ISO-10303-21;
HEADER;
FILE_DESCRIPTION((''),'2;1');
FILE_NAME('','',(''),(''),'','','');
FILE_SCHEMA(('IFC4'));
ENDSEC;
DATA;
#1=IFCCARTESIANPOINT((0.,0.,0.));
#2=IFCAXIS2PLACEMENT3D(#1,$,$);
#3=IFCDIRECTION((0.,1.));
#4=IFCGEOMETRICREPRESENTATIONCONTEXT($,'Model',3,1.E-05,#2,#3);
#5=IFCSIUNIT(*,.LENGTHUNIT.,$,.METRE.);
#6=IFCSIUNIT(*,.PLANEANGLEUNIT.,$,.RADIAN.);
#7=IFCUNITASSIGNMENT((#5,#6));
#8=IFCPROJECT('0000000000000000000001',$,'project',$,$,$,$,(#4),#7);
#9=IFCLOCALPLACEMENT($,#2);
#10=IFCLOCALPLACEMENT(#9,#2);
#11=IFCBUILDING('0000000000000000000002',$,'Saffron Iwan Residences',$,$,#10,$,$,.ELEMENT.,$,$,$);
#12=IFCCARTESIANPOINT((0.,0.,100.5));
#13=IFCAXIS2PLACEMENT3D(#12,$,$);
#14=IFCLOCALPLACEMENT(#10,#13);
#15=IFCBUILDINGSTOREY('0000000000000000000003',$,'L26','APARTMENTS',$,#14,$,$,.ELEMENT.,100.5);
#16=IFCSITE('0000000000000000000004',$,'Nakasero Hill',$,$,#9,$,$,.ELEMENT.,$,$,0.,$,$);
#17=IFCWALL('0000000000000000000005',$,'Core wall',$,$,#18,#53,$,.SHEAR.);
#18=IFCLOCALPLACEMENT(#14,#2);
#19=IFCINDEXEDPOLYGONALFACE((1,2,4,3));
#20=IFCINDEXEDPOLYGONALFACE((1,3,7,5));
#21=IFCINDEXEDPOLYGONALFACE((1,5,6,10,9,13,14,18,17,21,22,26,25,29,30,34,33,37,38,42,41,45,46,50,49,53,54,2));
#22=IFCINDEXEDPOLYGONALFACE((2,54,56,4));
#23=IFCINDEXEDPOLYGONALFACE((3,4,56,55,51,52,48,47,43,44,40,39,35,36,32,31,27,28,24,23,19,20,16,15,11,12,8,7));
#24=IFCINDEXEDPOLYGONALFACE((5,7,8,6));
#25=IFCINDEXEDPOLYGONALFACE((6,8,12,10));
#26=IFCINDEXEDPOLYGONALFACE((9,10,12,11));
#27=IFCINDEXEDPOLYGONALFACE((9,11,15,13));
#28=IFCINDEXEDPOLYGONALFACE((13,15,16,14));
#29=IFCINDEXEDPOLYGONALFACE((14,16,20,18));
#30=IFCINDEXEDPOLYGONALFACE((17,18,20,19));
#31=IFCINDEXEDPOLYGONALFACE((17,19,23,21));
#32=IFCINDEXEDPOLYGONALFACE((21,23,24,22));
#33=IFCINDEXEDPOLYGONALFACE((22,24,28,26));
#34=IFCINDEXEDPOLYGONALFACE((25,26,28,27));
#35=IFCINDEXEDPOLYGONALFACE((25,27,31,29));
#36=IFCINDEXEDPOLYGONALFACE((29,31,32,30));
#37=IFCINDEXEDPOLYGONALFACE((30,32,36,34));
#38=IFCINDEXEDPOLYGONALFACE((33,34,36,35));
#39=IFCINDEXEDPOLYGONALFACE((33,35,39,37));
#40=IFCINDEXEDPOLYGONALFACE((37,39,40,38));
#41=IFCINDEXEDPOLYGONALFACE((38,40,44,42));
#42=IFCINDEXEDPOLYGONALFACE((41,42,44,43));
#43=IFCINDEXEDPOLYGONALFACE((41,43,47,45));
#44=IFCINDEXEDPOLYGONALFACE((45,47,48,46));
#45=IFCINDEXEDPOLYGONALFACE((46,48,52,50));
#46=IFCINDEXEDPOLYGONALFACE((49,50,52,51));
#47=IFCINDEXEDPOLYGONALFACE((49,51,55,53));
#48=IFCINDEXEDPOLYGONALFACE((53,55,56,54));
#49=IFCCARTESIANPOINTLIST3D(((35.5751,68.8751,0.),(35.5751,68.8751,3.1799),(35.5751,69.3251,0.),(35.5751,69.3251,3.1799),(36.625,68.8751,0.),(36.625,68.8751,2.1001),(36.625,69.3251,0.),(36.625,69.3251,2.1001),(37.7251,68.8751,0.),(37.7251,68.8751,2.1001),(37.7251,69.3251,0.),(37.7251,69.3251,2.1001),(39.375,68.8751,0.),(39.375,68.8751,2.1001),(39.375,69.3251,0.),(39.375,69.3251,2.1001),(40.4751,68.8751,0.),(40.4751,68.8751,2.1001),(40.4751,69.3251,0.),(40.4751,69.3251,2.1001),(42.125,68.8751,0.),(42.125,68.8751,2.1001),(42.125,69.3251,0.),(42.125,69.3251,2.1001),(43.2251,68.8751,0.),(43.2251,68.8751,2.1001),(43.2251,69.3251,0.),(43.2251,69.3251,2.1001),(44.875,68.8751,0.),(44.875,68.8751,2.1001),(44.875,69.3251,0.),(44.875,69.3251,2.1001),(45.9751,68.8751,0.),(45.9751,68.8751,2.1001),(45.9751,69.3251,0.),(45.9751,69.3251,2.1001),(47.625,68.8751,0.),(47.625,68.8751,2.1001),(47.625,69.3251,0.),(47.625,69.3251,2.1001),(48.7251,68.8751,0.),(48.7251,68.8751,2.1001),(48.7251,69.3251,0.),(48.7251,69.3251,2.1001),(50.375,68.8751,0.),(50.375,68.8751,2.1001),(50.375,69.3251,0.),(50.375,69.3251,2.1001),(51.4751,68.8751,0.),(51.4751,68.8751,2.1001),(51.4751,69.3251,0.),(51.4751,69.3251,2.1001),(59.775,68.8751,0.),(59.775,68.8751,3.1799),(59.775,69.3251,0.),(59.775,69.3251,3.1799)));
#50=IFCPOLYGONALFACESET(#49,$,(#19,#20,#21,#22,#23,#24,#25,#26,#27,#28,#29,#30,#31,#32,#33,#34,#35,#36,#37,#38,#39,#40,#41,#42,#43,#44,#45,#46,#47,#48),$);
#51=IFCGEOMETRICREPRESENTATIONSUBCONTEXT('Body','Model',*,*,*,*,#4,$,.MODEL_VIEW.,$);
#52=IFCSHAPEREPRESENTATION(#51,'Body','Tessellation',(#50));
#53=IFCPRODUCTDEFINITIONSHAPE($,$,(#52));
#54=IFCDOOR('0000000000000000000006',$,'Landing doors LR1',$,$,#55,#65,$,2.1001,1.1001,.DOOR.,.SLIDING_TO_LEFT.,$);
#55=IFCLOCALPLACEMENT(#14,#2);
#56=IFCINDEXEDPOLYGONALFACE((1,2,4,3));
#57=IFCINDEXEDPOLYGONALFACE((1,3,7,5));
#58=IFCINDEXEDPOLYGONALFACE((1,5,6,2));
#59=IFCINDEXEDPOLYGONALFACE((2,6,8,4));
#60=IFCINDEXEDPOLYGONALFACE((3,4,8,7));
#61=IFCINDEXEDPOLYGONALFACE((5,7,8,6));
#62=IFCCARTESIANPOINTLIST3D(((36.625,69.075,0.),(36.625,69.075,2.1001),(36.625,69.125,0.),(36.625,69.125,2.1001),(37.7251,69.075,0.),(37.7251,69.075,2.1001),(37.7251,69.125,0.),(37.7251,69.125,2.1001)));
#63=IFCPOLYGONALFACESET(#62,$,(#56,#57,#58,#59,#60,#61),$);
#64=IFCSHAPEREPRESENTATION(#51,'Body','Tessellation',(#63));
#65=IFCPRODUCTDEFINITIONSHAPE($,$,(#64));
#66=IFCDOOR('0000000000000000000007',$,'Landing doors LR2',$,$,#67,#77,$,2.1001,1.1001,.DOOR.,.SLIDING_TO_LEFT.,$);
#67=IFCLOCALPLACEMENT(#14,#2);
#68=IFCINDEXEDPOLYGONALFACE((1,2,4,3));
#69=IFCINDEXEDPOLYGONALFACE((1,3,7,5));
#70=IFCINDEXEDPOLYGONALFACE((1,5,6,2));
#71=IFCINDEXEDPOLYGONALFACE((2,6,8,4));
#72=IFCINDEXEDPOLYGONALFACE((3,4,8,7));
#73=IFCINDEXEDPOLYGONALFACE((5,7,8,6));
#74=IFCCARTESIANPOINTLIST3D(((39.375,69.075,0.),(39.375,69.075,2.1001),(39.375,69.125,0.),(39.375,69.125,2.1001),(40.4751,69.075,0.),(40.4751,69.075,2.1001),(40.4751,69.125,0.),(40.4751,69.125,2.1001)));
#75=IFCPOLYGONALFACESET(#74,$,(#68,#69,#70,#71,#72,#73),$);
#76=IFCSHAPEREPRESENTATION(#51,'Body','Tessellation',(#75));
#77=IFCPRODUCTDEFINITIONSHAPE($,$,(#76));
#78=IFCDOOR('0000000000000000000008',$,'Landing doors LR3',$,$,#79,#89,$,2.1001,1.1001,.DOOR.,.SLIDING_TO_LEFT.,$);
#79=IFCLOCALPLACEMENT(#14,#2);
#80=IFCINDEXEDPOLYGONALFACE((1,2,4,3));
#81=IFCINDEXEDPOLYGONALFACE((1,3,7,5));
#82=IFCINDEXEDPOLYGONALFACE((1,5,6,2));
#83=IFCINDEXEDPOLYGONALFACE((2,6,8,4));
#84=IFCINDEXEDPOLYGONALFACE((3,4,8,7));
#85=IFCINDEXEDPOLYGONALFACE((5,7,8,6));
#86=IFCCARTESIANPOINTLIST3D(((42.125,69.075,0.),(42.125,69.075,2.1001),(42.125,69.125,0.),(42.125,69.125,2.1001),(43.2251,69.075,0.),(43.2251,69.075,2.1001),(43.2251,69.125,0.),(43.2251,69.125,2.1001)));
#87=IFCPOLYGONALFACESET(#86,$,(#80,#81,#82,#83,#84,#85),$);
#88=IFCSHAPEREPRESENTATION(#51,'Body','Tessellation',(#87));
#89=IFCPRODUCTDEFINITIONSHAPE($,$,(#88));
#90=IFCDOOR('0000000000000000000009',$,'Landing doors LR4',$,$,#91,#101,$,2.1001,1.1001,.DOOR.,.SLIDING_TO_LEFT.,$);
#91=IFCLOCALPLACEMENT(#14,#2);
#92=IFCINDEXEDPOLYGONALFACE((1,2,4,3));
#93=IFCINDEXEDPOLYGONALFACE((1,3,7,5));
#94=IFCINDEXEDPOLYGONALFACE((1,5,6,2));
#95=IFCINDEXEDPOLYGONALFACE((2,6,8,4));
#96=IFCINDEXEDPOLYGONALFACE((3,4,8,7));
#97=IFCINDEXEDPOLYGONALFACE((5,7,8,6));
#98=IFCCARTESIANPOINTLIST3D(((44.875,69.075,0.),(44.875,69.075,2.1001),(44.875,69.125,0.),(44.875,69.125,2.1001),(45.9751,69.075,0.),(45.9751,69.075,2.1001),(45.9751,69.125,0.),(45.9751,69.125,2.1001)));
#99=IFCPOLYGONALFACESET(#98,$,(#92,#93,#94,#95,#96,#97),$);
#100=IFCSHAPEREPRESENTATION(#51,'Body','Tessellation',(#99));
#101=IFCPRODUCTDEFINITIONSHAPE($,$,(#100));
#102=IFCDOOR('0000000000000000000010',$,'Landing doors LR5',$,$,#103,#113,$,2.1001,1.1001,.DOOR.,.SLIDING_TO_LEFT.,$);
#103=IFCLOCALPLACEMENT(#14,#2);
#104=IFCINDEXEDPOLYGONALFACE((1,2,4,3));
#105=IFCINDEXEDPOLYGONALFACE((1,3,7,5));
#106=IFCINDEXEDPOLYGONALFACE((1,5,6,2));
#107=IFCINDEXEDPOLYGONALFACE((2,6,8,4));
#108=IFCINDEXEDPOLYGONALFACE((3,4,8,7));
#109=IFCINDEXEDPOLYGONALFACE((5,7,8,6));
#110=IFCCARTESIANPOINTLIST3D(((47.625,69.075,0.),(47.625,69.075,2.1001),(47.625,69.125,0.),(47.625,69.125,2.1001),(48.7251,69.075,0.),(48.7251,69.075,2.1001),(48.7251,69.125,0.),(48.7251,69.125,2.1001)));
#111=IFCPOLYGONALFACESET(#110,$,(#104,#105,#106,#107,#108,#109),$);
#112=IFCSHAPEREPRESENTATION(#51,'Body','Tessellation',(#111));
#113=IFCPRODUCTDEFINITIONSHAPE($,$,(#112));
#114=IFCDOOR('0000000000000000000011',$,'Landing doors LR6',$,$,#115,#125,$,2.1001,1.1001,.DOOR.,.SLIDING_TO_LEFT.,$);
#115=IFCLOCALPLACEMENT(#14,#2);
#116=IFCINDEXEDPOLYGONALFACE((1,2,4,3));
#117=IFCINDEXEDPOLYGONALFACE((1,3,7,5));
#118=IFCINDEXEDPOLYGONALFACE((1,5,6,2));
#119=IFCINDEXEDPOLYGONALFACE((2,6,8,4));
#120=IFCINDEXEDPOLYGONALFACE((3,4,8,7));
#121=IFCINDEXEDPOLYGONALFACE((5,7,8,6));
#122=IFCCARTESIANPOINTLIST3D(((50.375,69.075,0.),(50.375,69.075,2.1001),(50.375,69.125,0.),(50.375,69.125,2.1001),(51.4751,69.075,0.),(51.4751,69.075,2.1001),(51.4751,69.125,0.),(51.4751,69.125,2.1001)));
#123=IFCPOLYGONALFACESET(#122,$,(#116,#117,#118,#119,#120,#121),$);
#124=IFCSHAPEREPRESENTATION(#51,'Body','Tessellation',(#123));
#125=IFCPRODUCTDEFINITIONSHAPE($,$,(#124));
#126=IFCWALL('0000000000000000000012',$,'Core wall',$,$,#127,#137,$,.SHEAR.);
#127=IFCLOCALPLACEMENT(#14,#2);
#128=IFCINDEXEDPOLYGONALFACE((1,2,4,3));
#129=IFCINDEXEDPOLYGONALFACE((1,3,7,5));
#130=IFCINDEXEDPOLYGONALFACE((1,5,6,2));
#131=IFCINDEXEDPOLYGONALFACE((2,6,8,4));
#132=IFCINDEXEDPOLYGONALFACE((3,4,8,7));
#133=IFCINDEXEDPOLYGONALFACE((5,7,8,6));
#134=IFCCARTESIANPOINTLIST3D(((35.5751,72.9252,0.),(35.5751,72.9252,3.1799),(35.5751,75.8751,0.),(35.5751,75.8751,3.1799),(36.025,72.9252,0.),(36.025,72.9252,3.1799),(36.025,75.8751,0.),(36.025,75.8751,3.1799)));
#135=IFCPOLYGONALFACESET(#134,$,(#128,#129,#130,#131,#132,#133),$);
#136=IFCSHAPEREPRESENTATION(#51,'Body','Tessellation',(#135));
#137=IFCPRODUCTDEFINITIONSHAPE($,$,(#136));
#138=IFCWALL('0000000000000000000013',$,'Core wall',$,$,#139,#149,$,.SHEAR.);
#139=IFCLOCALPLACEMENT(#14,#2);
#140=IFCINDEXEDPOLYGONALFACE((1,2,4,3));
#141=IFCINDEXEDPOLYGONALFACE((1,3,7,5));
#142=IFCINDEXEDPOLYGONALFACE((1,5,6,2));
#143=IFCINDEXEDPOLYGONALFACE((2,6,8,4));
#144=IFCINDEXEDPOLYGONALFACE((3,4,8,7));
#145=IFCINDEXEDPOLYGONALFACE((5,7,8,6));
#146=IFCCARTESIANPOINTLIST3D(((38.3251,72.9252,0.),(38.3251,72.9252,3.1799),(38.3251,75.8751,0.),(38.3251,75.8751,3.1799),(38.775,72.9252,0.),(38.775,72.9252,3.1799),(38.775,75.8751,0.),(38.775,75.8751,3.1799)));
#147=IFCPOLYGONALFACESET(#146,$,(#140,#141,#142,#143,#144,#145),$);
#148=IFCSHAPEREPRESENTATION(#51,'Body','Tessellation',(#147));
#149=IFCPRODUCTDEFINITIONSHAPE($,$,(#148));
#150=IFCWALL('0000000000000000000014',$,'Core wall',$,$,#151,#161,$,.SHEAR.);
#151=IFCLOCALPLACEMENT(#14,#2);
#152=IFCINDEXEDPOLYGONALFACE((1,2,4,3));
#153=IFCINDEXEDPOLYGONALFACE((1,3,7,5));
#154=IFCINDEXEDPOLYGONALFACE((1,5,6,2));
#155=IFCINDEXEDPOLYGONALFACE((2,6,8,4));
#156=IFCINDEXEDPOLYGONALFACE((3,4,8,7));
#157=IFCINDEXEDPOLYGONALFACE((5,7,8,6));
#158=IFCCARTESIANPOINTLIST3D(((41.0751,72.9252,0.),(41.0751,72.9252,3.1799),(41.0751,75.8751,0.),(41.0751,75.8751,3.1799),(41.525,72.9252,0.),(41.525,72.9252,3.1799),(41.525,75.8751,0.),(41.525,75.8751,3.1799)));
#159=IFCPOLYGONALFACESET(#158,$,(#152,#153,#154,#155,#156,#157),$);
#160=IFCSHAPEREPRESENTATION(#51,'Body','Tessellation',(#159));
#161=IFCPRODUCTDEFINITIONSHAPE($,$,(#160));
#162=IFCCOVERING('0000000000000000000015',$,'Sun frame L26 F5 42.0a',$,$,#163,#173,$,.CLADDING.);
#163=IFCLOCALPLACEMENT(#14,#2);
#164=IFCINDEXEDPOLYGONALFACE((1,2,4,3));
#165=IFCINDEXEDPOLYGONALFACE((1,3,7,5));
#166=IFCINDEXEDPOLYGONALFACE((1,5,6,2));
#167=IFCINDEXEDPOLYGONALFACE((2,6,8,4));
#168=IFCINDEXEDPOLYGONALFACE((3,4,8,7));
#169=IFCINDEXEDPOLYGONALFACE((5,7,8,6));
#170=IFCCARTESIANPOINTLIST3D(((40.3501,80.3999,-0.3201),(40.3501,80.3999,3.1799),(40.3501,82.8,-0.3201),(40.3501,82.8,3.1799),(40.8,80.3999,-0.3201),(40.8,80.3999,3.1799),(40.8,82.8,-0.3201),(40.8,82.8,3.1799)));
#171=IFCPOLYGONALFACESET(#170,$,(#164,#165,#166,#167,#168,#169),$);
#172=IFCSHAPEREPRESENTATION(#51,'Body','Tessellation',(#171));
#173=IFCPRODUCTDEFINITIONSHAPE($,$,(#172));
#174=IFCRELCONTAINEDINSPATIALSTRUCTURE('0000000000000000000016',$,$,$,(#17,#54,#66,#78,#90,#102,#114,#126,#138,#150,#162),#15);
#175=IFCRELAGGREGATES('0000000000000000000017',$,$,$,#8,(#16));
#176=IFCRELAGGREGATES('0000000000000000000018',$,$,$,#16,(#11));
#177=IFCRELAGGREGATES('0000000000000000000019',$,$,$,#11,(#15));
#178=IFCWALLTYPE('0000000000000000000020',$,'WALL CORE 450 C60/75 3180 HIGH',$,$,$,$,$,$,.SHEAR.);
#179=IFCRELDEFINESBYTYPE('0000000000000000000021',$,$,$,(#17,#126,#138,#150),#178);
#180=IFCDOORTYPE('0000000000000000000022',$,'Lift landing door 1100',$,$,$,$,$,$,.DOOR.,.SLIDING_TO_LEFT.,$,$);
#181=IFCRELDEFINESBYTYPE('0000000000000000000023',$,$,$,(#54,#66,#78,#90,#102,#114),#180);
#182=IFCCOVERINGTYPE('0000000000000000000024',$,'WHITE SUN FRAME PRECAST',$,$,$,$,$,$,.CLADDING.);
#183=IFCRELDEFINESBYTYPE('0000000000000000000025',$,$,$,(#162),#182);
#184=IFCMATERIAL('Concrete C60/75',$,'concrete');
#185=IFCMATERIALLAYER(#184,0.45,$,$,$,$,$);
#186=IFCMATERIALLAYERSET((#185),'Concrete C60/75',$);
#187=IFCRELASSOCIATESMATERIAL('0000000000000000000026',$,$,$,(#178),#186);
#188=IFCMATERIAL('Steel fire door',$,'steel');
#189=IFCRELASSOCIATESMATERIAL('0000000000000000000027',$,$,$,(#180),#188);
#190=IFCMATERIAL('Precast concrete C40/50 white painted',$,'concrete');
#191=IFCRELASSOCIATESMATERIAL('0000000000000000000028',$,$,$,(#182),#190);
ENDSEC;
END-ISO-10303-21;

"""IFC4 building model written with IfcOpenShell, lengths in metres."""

from ifc_helpers import new_model, si_unit, direction, frame, frame_2d, origin, place, context, subcontext, project, spatial, polyline, rectangle, outline, extrude, material, layer, layer_set, type_object, element, fill, save


model = new_model("IFC4")

# Units and contexts
model_context = context("Model", 3, precision=1e-05, world=origin(), true_north=direction((0.0, 1.0)))
body_context = subcontext(model_context, "Body", "Model", "MODEL_VIEW")
ifc_project = project(units=[si_unit("LENGTHUNIT", "METRE"), si_unit("PLANEANGLEUNIT", "RADIAN")], contexts=[model_context])

# Site, building, storey
site_placement = place(None, origin())
site = spatial("IfcSite", under=ifc_project, at=site_placement, Name="Nakasero Hill", CompositionType="ELEMENT", RefElevation=0.0)
building_placement = place(site_placement, origin())
building = spatial("IfcBuilding", under=site, at=building_placement, Name="Saffron Iwan Residences", CompositionType="ELEMENT")
storey_placement = place(building_placement, frame((0.0, 0.0, 100.5)))
storey = spatial("IfcBuildingStorey", under=building, at=storey_placement, Name="L26", Description="APARTMENTS", CompositionType="ELEMENT", Elevation=100.5)

# Shared definitions
ifc_material_1 = material(Name="Concrete C60/75", Category="concrete")

# Shared definitions
ifc_material_2 = material(Name="Steel fire door", Category="steel")

# Wall, openings, doors
ifc_layer_1 = layer(ifc_material_1, 0.45)
ifc_layer_set_1 = layer_set([ifc_layer_1], Name="Concrete C60/75")
wall_type_1 = type_object("IfcWallType", Name="WALL CORE 450 C60/75 3180 HIGH", PredefinedType="SHEAR", material=ifc_layer_set_1)
wall_1_placement = place(storey_placement, frame((35.575, 69.1001, 0.0), z_axis=(0.0, 0.0, 1.0), x_axis=(1.0, 0.0, 0.0)))
wall_1 = element("IfcWall", 1, at=wall_1_placement, inside=storey, type_object=wall_type_1, Name="Core wall", PredefinedType="SHEAR", context=body_context, shape_type="SweptSolid", body=[
    extrude(rectangle(XDim=24.2, YDim=0.45, at=frame_2d((12.1001, 0.0))), origin(), (0.0, 0.0, 1.0), 3.1799),
])
opening_1_placement = place(wall_1_placement, frame((1.05, 0.0, 0.0)))
opening_1 = element("IfcOpeningElement", 2, at=opening_1_placement, cuts=wall_1, PredefinedType="OPENING", context=body_context, shape_type="SweptSolid", body=[
    extrude(rectangle(XDim=1.1001, YDim=2.1001, at=frame_2d((0.55, 1.05))), frame((0.0, 0.2349, 0.0), z_axis=(0.0, -1.0, 0.0), x_axis=(1.0, 0.0, 0.0)), (0.0, 0.0, 1.0), 0.47),
])
opening_2_placement = place(wall_1_placement, frame((3.8, 0.0, 0.0)))
opening_2 = element("IfcOpeningElement", 3, at=opening_2_placement, cuts=wall_1, PredefinedType="OPENING", context=body_context, shape_type="SweptSolid", body=[
    extrude(rectangle(XDim=1.1001, YDim=2.1001, at=frame_2d((0.55, 1.05))), frame((0.0, 0.2349, 0.0), z_axis=(0.0, -1.0, 0.0), x_axis=(1.0, 0.0, 0.0)), (0.0, 0.0, 1.0), 0.47),
])
opening_3_placement = place(wall_1_placement, frame((6.55, 0.0, 0.0)))
opening_3 = element("IfcOpeningElement", 4, at=opening_3_placement, cuts=wall_1, PredefinedType="OPENING", context=body_context, shape_type="SweptSolid", body=[
    extrude(rectangle(XDim=1.1001, YDim=2.1001, at=frame_2d((0.55, 1.05))), frame((0.0, 0.2349, 0.0), z_axis=(0.0, -1.0, 0.0), x_axis=(1.0, 0.0, 0.0)), (0.0, 0.0, 1.0), 0.47),
])
opening_4_placement = place(wall_1_placement, frame((9.3, 0.0, 0.0)))
opening_4 = element("IfcOpeningElement", 5, at=opening_4_placement, cuts=wall_1, PredefinedType="OPENING", context=body_context, shape_type="SweptSolid", body=[
    extrude(rectangle(XDim=1.1001, YDim=2.1001, at=frame_2d((0.55, 1.05))), frame((0.0, 0.2349, 0.0), z_axis=(0.0, -1.0, 0.0), x_axis=(1.0, 0.0, 0.0)), (0.0, 0.0, 1.0), 0.47),
])
opening_5_placement = place(wall_1_placement, frame((12.05, 0.0, 0.0)))
opening_5 = element("IfcOpeningElement", 6, at=opening_5_placement, cuts=wall_1, PredefinedType="OPENING", context=body_context, shape_type="SweptSolid", body=[
    extrude(rectangle(XDim=1.1001, YDim=2.1001, at=frame_2d((0.55, 1.05))), frame((0.0, 0.2349, 0.0), z_axis=(0.0, -1.0, 0.0), x_axis=(1.0, 0.0, 0.0)), (0.0, 0.0, 1.0), 0.47),
])
opening_6_placement = place(wall_1_placement, frame((14.8, 0.0, 0.0)))
opening_6 = element("IfcOpeningElement", 7, at=opening_6_placement, cuts=wall_1, PredefinedType="OPENING", context=body_context, shape_type="SweptSolid", body=[
    extrude(rectangle(XDim=1.1001, YDim=2.1001, at=frame_2d((0.55, 1.05))), frame((0.0, 0.2349, 0.0), z_axis=(0.0, -1.0, 0.0), x_axis=(1.0, 0.0, 0.0)), (0.0, 0.0, 1.0), 0.47),
])
door_type_1 = type_object("IfcDoorType", Name="Lift landing door 1100", OperationType="SLIDING_TO_LEFT", PredefinedType="DOOR", material=ifc_material_2)
door_1_placement = place(opening_1_placement, origin())
door_1 = element("IfcDoor", 8, at=door_1_placement, inside=storey, type_object=door_type_1, Name="Landing doors LR1", OperationType="SLIDING_TO_LEFT", OverallHeight=2.1001, OverallWidth=1.1001, PredefinedType="DOOR", context=body_context, shape_type="SweptSolid", body=[
    extrude(rectangle(XDim=1.1001, YDim=2.1001, at=frame_2d((0.55, 1.05))), frame((0.0, 0.0249, 0.0), z_axis=(0.0, -1.0, 0.0), x_axis=(1.0, 0.0, 0.0)), (0.0, 0.0, 1.0), 0.05),
])
fill(opening_1, door_1)
door_2_placement = place(opening_2_placement, origin())
door_2 = element("IfcDoor", 9, at=door_2_placement, inside=storey, type_object=door_type_1, Name="Landing doors LR2", OperationType="SLIDING_TO_LEFT", OverallHeight=2.1001, OverallWidth=1.1001, PredefinedType="DOOR", context=body_context, shape_type="SweptSolid", body=[
    extrude(rectangle(XDim=1.1001, YDim=2.1001, at=frame_2d((0.55, 1.05))), frame((0.0, 0.0249, 0.0), z_axis=(0.0, -1.0, 0.0), x_axis=(1.0, 0.0, 0.0)), (0.0, 0.0, 1.0), 0.05),
])
fill(opening_2, door_2)
door_3_placement = place(opening_3_placement, origin())
door_3 = element("IfcDoor", 10, at=door_3_placement, inside=storey, type_object=door_type_1, Name="Landing doors LR3", OperationType="SLIDING_TO_LEFT", OverallHeight=2.1001, OverallWidth=1.1001, PredefinedType="DOOR", context=body_context, shape_type="SweptSolid", body=[
    extrude(rectangle(XDim=1.1001, YDim=2.1001, at=frame_2d((0.55, 1.05))), frame((0.0, 0.0249, 0.0), z_axis=(0.0, -1.0, 0.0), x_axis=(1.0, 0.0, 0.0)), (0.0, 0.0, 1.0), 0.05),
])
fill(opening_3, door_3)
door_4_placement = place(opening_4_placement, origin())
door_4 = element("IfcDoor", 11, at=door_4_placement, inside=storey, type_object=door_type_1, Name="Landing doors LR4", OperationType="SLIDING_TO_LEFT", OverallHeight=2.1001, OverallWidth=1.1001, PredefinedType="DOOR", context=body_context, shape_type="SweptSolid", body=[
    extrude(rectangle(XDim=1.1001, YDim=2.1001, at=frame_2d((0.55, 1.05))), frame((0.0, 0.0249, 0.0), z_axis=(0.0, -1.0, 0.0), x_axis=(1.0, 0.0, 0.0)), (0.0, 0.0, 1.0), 0.05),
])
fill(opening_4, door_4)
door_5_placement = place(opening_5_placement, origin())
door_5 = element("IfcDoor", 12, at=door_5_placement, inside=storey, type_object=door_type_1, Name="Landing doors LR5", OperationType="SLIDING_TO_LEFT", OverallHeight=2.1001, OverallWidth=1.1001, PredefinedType="DOOR", context=body_context, shape_type="SweptSolid", body=[
    extrude(rectangle(XDim=1.1001, YDim=2.1001, at=frame_2d((0.55, 1.05))), frame((0.0, 0.0249, 0.0), z_axis=(0.0, -1.0, 0.0), x_axis=(1.0, 0.0, 0.0)), (0.0, 0.0, 1.0), 0.05),
])
fill(opening_5, door_5)
door_6_placement = place(opening_6_placement, origin())
door_6 = element("IfcDoor", 13, at=door_6_placement, inside=storey, type_object=door_type_1, Name="Landing doors LR6", OperationType="SLIDING_TO_LEFT", OverallHeight=2.1001, OverallWidth=1.1001, PredefinedType="DOOR", context=body_context, shape_type="SweptSolid", body=[
    extrude(rectangle(XDim=1.1001, YDim=2.1001, at=frame_2d((0.55, 1.05))), frame((0.0, 0.0249, 0.0), z_axis=(0.0, -1.0, 0.0), x_axis=(1.0, 0.0, 0.0)), (0.0, 0.0, 1.0), 0.05),
])
fill(opening_6, door_6)

# Walls
for number, where, z_axis, x_axis, name in (
    (14, (35.8, 72.925, 0.0), (0.0, 0.0, 1.0), (0.0, 1.0, 0.0), "Core wall"),
    (15, (38.55, 72.925, 0.0), (0.0, 0.0, 1.0), (0.0, 1.0, 0.0), "Core wall"),
    (16, (41.3, 72.925, 0.0), (0.0, 0.0, 1.0), (0.0, 1.0, 0.0), "Core wall"),
):
    element("IfcWall", number, at=place(storey_placement, frame(where, z_axis=z_axis, x_axis=x_axis)), inside=storey, type_object=wall_type_1, Name=name, PredefinedType="SHEAR", context=body_context, shape_type="SweptSolid", body=[
        extrude(rectangle(XDim=2.95, YDim=0.45, at=frame_2d((1.4751, 0.0))), origin(), (0.0, 0.0, 1.0), 3.1799),
    ])

# Covering
ifc_material_3 = material(Name="Precast concrete C40/50 white painted", Category="concrete")
covering_type = type_object("IfcCoveringType", Name="WHITE SUN FRAME PRECAST", PredefinedType="CLADDING", material=ifc_material_3)
covering_placement = place(storey_placement, frame((40.8, 80.3999, -0.3201), z_axis=(0.0, 1.0, 0.0), x_axis=(-1.0, 0.0, 0.0)))
element("IfcCovering", 17, at=covering_placement, inside=storey, type_object=covering_type, Name="Sun frame L26 F5 42.0a", PredefinedType="CLADDING", context=body_context, shape_type="SweptSolid", body=[
    extrude(outline(polyline([(0.0, 0.0), (0.45, 0.0), (0.45, 3.5), (0.0, 3.5), (0.0, 0.0)])), origin(), (0.0, 0.0, 1.0), 2.4001),
])

save(model, "model.ifc")
